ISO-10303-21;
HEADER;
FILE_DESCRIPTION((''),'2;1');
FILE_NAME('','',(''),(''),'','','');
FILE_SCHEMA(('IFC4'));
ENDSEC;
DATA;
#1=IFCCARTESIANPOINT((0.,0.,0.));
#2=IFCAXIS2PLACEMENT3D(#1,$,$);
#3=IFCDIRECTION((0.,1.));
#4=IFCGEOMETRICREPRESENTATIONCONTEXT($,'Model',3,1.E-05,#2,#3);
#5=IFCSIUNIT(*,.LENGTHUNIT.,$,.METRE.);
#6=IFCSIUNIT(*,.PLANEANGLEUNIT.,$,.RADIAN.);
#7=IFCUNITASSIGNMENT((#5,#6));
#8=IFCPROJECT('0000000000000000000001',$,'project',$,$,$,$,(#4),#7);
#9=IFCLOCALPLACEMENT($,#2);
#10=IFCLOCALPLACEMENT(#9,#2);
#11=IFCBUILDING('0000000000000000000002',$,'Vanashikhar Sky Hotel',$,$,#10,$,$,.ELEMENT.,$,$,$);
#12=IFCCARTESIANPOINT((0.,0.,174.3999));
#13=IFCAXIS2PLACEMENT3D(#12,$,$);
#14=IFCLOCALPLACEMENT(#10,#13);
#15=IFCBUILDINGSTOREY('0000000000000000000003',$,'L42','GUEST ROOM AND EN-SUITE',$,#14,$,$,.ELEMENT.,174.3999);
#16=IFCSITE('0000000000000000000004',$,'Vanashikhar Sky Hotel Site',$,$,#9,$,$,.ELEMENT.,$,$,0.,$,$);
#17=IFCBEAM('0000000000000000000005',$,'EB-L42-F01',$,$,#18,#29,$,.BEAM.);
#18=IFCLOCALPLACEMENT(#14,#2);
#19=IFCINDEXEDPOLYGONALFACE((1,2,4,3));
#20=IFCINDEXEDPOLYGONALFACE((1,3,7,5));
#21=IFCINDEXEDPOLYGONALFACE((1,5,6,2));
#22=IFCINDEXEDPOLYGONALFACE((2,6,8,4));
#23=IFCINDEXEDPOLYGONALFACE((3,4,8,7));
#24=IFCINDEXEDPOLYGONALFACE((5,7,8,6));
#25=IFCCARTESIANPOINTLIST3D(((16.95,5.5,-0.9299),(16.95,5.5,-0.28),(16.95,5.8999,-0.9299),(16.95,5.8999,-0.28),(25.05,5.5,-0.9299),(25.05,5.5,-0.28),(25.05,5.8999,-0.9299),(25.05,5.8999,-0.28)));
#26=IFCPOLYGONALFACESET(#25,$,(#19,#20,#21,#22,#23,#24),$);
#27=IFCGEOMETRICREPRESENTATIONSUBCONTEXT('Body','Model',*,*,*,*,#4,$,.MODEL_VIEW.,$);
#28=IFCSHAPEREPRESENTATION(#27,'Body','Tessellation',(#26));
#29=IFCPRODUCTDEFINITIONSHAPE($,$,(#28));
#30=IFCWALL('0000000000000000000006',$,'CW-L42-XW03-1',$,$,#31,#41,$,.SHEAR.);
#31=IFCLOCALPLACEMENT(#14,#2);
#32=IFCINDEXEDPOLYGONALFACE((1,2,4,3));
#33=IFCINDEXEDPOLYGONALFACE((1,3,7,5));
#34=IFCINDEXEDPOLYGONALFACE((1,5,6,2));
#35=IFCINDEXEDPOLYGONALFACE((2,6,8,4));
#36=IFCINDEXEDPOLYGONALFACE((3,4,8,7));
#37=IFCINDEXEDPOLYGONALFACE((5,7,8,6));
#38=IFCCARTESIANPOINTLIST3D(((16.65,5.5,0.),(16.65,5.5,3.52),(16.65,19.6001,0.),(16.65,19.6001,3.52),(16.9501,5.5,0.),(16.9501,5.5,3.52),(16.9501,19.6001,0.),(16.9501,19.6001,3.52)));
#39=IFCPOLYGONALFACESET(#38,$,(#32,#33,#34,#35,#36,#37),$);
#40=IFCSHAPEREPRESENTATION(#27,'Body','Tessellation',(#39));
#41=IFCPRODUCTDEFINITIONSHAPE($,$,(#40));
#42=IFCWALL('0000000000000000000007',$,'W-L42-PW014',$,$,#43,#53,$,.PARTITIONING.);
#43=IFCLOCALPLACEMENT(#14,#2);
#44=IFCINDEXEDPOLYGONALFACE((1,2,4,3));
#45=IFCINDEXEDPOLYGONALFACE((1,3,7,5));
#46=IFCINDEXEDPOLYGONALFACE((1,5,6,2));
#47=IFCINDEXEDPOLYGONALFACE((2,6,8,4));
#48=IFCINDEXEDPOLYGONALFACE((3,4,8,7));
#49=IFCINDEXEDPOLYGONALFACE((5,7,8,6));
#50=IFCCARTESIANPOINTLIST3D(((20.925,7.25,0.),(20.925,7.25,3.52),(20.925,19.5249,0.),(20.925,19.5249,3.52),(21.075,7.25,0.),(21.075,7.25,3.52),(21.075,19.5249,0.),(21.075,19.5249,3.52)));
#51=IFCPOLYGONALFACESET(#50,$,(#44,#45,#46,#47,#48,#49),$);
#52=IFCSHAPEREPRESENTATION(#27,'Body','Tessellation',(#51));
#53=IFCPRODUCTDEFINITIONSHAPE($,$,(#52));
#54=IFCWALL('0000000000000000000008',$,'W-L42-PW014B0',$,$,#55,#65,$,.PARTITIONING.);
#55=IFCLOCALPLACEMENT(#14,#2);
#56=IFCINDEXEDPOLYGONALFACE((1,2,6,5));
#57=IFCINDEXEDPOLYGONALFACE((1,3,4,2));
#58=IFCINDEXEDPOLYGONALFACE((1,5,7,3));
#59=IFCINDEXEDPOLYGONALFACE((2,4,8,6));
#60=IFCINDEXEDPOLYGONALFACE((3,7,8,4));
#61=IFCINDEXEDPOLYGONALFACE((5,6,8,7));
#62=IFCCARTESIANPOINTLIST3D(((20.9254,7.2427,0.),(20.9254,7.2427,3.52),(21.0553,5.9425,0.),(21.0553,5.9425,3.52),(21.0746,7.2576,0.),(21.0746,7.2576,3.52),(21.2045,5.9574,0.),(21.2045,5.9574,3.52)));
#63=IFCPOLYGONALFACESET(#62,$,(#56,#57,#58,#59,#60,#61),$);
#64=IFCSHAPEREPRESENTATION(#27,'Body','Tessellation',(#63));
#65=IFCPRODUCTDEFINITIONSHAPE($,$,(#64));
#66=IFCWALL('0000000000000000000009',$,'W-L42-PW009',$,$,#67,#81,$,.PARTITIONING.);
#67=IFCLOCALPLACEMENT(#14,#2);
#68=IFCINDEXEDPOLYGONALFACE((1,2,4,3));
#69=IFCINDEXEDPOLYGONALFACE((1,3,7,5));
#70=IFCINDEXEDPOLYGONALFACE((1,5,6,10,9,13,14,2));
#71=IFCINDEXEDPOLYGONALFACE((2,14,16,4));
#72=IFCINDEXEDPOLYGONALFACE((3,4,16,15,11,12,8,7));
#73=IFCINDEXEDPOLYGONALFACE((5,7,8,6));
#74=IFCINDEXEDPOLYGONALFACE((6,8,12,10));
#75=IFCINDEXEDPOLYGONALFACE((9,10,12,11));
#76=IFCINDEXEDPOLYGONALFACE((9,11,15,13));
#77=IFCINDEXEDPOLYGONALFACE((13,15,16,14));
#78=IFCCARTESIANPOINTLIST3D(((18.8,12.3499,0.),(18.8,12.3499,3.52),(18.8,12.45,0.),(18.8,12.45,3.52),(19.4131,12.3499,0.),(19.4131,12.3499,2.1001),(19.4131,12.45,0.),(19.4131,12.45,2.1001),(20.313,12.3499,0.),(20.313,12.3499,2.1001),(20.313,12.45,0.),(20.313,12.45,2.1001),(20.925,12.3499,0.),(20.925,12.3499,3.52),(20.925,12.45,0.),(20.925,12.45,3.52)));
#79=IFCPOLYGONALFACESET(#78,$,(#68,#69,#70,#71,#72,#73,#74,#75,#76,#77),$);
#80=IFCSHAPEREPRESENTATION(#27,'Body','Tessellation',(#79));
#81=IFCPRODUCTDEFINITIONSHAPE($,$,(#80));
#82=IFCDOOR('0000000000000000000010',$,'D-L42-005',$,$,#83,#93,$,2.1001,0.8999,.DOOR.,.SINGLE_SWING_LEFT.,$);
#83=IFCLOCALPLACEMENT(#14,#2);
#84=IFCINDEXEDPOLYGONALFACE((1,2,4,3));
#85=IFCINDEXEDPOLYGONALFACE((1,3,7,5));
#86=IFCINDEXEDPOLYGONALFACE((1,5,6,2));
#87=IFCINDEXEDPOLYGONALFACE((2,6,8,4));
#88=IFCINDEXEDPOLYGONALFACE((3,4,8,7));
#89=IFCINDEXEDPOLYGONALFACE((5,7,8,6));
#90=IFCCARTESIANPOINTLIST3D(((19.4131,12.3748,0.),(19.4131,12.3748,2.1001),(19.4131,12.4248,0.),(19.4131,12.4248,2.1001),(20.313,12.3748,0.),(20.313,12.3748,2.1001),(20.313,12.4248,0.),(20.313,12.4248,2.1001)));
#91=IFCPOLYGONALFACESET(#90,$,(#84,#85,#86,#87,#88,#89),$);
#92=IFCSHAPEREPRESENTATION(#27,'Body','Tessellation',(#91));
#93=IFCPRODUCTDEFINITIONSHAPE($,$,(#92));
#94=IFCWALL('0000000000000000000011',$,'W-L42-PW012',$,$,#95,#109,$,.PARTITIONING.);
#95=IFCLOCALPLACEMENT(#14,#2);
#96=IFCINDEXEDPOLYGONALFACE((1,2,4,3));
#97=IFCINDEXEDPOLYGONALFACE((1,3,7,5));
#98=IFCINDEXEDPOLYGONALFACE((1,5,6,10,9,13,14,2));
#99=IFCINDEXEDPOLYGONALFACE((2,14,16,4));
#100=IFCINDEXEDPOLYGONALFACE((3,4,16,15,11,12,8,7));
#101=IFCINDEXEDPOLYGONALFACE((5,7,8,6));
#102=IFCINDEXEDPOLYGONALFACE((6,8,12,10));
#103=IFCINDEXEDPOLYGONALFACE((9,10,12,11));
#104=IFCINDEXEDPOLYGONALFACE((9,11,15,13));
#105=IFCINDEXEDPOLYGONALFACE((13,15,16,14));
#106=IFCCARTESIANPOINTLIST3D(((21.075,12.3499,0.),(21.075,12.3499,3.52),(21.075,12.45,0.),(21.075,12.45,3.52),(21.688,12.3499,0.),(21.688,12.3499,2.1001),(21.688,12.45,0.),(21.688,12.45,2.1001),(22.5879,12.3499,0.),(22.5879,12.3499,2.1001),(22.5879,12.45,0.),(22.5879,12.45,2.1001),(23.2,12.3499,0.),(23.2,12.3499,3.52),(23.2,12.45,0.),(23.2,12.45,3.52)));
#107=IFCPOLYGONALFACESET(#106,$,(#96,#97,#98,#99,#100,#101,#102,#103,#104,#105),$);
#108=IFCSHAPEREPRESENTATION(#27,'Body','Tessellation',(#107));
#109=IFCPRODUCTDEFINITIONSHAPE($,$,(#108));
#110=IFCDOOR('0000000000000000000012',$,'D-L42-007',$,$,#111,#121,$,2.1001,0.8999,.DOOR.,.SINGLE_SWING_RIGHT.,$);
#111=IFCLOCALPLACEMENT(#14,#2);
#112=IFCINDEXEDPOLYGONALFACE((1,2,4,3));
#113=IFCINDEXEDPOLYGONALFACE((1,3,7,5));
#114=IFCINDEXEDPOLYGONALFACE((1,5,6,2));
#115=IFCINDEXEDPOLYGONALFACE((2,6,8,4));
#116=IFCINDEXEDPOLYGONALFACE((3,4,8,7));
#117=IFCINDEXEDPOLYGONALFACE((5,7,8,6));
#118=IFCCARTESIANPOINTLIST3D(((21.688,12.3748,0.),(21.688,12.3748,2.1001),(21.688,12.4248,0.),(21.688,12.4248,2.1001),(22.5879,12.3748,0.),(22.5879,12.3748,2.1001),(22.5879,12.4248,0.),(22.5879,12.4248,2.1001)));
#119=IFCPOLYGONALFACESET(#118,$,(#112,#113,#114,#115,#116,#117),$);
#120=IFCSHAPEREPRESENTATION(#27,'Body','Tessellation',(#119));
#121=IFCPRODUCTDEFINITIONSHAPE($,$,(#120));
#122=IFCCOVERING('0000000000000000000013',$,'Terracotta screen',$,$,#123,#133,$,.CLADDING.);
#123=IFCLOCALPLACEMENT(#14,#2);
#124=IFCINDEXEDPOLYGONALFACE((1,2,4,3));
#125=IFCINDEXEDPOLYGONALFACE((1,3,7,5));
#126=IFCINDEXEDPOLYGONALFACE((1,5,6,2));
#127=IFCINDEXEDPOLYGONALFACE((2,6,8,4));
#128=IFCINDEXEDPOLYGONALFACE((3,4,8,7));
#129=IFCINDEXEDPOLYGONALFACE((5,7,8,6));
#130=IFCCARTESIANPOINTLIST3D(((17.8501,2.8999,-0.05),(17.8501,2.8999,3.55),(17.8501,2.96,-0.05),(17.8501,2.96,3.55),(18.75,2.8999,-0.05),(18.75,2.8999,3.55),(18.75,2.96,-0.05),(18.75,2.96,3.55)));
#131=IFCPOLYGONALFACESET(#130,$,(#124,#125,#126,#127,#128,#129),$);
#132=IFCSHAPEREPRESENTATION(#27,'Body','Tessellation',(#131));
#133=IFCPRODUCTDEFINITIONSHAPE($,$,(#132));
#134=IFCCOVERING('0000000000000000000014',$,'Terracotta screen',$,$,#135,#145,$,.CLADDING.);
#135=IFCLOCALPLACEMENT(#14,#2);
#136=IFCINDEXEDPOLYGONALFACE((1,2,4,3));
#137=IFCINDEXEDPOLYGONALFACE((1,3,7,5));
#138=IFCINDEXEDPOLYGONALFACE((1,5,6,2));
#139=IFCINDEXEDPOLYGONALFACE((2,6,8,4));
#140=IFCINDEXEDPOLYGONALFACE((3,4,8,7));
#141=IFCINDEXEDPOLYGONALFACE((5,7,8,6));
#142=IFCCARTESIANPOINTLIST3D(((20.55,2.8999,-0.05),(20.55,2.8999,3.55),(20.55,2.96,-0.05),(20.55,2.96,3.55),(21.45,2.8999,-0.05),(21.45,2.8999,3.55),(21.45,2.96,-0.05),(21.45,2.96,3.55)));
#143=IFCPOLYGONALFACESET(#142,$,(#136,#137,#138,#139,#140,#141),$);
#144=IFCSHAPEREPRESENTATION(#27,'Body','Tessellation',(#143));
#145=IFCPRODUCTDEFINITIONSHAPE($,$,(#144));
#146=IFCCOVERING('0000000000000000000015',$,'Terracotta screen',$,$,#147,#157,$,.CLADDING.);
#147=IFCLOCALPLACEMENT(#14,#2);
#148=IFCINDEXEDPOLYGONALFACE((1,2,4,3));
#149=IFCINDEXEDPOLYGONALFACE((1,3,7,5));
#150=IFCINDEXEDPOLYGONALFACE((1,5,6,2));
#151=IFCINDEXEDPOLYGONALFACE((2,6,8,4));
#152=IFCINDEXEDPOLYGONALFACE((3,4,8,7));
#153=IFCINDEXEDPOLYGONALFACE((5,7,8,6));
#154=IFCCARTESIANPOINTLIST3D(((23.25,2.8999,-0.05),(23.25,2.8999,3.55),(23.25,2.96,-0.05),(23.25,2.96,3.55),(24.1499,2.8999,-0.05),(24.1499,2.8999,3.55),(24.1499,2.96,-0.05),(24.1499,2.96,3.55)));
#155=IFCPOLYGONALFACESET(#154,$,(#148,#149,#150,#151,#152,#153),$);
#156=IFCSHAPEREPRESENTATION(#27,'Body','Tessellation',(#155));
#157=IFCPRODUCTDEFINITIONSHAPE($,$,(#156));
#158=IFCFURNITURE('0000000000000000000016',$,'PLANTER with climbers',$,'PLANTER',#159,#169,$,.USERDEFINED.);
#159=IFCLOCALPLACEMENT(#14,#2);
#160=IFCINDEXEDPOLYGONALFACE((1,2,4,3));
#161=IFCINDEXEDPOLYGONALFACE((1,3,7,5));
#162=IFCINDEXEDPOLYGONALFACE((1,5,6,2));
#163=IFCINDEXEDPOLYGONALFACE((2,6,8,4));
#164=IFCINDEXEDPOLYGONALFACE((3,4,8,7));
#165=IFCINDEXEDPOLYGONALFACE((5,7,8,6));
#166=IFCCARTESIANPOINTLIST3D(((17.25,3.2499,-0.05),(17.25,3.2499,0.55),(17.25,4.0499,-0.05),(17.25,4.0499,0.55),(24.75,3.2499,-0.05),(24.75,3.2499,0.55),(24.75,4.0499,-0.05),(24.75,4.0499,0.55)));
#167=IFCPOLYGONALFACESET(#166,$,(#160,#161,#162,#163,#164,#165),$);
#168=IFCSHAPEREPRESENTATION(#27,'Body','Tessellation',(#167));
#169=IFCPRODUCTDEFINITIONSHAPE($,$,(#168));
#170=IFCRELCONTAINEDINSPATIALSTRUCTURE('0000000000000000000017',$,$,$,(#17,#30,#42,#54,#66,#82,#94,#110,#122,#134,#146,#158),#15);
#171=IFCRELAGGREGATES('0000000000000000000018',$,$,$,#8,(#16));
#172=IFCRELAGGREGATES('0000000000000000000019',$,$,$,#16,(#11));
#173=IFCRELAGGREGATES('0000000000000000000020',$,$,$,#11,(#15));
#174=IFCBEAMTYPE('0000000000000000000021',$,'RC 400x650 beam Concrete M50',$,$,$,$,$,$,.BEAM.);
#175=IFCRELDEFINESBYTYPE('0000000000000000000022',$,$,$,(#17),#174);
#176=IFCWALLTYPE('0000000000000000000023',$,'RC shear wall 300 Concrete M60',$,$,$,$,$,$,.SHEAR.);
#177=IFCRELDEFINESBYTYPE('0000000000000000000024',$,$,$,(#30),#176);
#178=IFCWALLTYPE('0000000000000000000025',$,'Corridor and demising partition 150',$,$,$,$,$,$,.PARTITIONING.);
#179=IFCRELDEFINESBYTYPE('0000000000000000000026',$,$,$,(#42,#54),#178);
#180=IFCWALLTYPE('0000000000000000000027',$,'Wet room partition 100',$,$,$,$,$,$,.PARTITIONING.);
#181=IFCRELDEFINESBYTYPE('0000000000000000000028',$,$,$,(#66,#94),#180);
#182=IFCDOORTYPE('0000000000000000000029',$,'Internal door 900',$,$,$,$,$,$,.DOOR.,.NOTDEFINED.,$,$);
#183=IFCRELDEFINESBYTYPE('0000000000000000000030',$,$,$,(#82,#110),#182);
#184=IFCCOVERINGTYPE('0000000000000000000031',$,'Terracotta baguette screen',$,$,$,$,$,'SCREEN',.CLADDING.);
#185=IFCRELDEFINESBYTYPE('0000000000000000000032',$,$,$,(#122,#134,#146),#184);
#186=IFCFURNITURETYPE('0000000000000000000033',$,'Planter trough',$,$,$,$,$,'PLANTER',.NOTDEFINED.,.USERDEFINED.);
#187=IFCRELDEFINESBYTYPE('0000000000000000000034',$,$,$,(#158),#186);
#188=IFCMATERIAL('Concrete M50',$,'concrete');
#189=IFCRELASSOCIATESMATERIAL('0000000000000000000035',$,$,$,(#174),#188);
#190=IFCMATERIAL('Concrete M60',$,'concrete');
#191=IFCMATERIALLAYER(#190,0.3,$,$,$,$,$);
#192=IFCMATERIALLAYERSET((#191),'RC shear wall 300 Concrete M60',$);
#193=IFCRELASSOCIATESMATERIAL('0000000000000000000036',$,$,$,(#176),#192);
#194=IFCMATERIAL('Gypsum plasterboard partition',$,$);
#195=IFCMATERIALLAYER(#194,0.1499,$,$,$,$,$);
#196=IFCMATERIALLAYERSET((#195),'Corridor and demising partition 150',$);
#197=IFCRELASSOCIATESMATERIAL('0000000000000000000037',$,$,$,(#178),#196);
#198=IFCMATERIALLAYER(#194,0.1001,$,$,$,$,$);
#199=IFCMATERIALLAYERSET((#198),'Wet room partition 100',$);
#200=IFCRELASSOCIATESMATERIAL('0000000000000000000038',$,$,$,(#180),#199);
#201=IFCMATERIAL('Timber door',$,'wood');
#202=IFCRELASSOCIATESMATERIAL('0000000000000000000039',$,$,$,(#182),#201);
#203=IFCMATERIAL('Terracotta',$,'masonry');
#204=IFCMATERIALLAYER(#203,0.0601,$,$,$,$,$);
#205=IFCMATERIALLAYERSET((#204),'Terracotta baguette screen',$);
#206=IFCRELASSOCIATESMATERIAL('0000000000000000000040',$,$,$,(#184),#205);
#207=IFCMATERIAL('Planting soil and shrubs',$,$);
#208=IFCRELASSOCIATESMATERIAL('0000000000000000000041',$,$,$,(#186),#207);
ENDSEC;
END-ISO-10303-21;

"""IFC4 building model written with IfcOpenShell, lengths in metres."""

from ifc_helpers import new_model, si_unit, direction, frame, frame_2d, origin, origin_2d, place, context, subcontext, project, spatial, rectangle, extrude, source, transform, mapped, material, layer, layer_set, material_profile, profile_set, type_object, element, fill, save


model = new_model("IFC4")

# Units and contexts
model_context = context("Model", 3, precision=1e-05, world=origin(), true_north=direction((0.0, 1.0)))
body_context = subcontext(model_context, "Body", "Model", "MODEL_VIEW")
ifc_project = project(units=[si_unit("LENGTHUNIT", "METRE"), si_unit("PLANEANGLEUNIT", "RADIAN")], contexts=[model_context])

# Site, building, storey
site_placement = place(None, origin())
site = spatial("IfcSite", under=ifc_project, at=site_placement, Name="Vanashikhar Sky Hotel Site", CompositionType="ELEMENT", RefElevation=0.0)
building_placement = place(site_placement, origin())
building = spatial("IfcBuilding", under=site, at=building_placement, Name="Vanashikhar Sky Hotel", CompositionType="ELEMENT")
storey_placement = place(building_placement, frame((0.0, 0.0, 174.3999)))
storey = spatial("IfcBuildingStorey", under=building, at=storey_placement, Name="L42", Description="GUEST ROOM AND EN-SUITE", CompositionType="ELEMENT", Elevation=174.3999)

# Beam
ifc_material_1 = material(Name="Concrete M50", Category="concrete")
ifc_material_profile = material_profile(ifc_material_1, rectangle(XDim=0.3999, YDim=0.6499, at=origin_2d()))
ifc_profile_set = profile_set([ifc_material_profile], Name="RC 400x650 beam Concrete M50")
beam_type = type_object("IfcBeamType", Name="RC 400x650 beam Concrete M50", PredefinedType="BEAM", material=ifc_profile_set)
shared_shape_1 = source(origin(), body_context, "Body", "SweptSolid", [
    extrude(rectangle(XDim=0.3999, YDim=0.6499, at=origin_2d()), origin(), (0.0, 0.0, 1.0), 8.1001),
])
beam_placement = place(storey_placement, frame((16.95, 5.7, -0.605), z_axis=(1.0, 0.0, 0.0), x_axis=(0.0, 1.0, 0.0)))
element("IfcBeam", 1, at=beam_placement, inside=storey, type_object=beam_type, Name="EB-L42-F01", PredefinedType="BEAM", context=body_context, shape_type="MappedRepresentation", body=[
    mapped(shared_shape_1, transform((0.0, 0.0, 0.0), scale=1.0)),
])

# Wall
ifc_material_2 = material(Name="Concrete M60", Category="concrete")
ifc_layer_1 = layer(ifc_material_2, 0.3)
ifc_layer_set_1 = layer_set([ifc_layer_1], Name="RC shear wall 300 Concrete M60")
wall_type_1 = type_object("IfcWallType", Name="RC shear wall 300 Concrete M60", PredefinedType="SHEAR", material=ifc_layer_set_1)
shared_shape_2 = source(origin(), body_context, "Body", "SweptSolid", [
    extrude(rectangle(XDim=14.1001, YDim=0.3, at=frame_2d((7.05, 0.0))), origin(), (0.0, 0.0, 1.0), 3.52),
])
wall_1_placement = place(storey_placement, frame((16.8, 5.5, 0.0), z_axis=(0.0, 0.0, 1.0), x_axis=(0.0, 1.0, 0.0)))
element("IfcWall", 2, at=wall_1_placement, inside=storey, type_object=wall_type_1, Name="CW-L42-XW03-1", PredefinedType="SHEAR", context=body_context, shape_type="MappedRepresentation", body=[
    mapped(shared_shape_2, transform((0.0, 0.0, 0.0), scale=1.0)),
])

# Walls
ifc_material_3 = material(Name="Gypsum plasterboard partition")
ifc_layer_2 = layer(ifc_material_3, 0.1499)
ifc_layer_set_2 = layer_set([ifc_layer_2], Name="Corridor and demising partition 150")
wall_type_2 = type_object("IfcWallType", Name="Corridor and demising partition 150", PredefinedType="PARTITIONING", material=ifc_layer_set_2)
shared_shape_3 = source(origin(), body_context, "Body", "SweptSolid", [
    extrude(rectangle(XDim=12.2749, YDim=0.1499, at=frame_2d((6.1375, 0.0))), origin(), (0.0, 0.0, 1.0), 3.52),
])
wall_2_placement = place(storey_placement, frame((21.0, 7.25, 0.0), z_axis=(0.0, 0.0, 1.0), x_axis=(0.0, 1.0, 0.0)))
element("IfcWall", 3, at=wall_2_placement, inside=storey, type_object=wall_type_2, Name="W-L42-PW014", PredefinedType="PARTITIONING", context=body_context, shape_type="MappedRepresentation", body=[
    mapped(shared_shape_3, transform((0.0, 0.0, 0.0), scale=1.0)),
])
shared_shape_4 = source(origin(), body_context, "Body", "SweptSolid", [
    extrude(rectangle(XDim=1.3066, YDim=0.1499, at=frame_2d((0.6533, 0.0))), origin(), (0.0, 0.0, 1.0), 3.52),
])
wall_3_placement = place(storey_placement, frame((21.1299, 5.95, 0.0), z_axis=(0.0, 0.0, 1.0), x_axis=(-0.099411, 0.995046, 0.0)))
element("IfcWall", 4, at=wall_3_placement, inside=storey, type_object=wall_type_2, Name="W-L42-PW014B0", PredefinedType="PARTITIONING", context=body_context, shape_type="MappedRepresentation", body=[
    mapped(shared_shape_4, transform((0.0, 0.0, 0.0), scale=1.0)),
])

# Walls, openings, doors
ifc_layer_3 = layer(ifc_material_3, 0.1001)
ifc_layer_set_3 = layer_set([ifc_layer_3], Name="Wet room partition 100")
wall_type_3 = type_object("IfcWallType", Name="Wet room partition 100", PredefinedType="PARTITIONING", material=ifc_layer_set_3)
shared_shape_5 = source(origin(), body_context, "Body", "SweptSolid", [
    extrude(rectangle(XDim=2.125, YDim=0.1001, at=frame_2d((1.0625, 0.0))), origin(), (0.0, 0.0, 1.0), 3.52),
])
wall_4_placement = place(storey_placement, frame((18.8, 12.3999, 0.0), z_axis=(0.0, 0.0, 1.0), x_axis=(1.0, 0.0, 0.0)))
wall_4 = element("IfcWall", 5, at=wall_4_placement, inside=storey, type_object=wall_type_3, Name="W-L42-PW009", PredefinedType="PARTITIONING", context=body_context, shape_type="MappedRepresentation", body=[
    mapped(shared_shape_5, transform((0.0, 0.0, 0.0), scale=1.0)),
])
shared_shape_6 = source(origin(), body_context, "Body", "SweptSolid", [
    extrude(rectangle(XDim=0.8999, YDim=2.1001, at=frame_2d((0.45, 1.05))), frame((0.0, 0.0601, 0.0), z_axis=(0.0, -1.0, 0.0), x_axis=(1.0, 0.0, 0.0)), (0.0, 0.0, 1.0), 0.1201),
])
opening_1_placement = place(wall_4_placement, frame((0.613, 0.0, 0.0)))
opening_1 = element("IfcOpeningElement", 6, at=opening_1_placement, cuts=wall_4, PredefinedType="OPENING", context=body_context, shape_type="MappedRepresentation", body=[
    mapped(shared_shape_6, transform((0.0, 0.0, 0.0), scale=1.0)),
])
ifc_material_4 = material(Name="Timber door", Category="wood")
door_type_1 = type_object("IfcDoorType", Name="Internal door 900", OperationType="NOTDEFINED", PredefinedType="DOOR", material=ifc_material_4)
shared_shape_7 = source(origin(), body_context, "Body", "SweptSolid", [
    extrude(rectangle(XDim=0.8999, YDim=2.1001, at=frame_2d((0.45, 1.05))), frame((0.0, 0.0249, 0.0), z_axis=(0.0, -1.0, 0.0), x_axis=(1.0, 0.0, 0.0)), (0.0, 0.0, 1.0), 0.05),
])
door_1_placement = place(opening_1_placement, origin())
door_1 = element("IfcDoor", 7, at=door_1_placement, inside=storey, type_object=door_type_1, Name="D-L42-005", OperationType="SINGLE_SWING_LEFT", OverallHeight=2.1001, OverallWidth=0.8999, PredefinedType="DOOR", context=body_context, shape_type="MappedRepresentation", body=[
    mapped(shared_shape_7, transform((0.0, 0.0, 0.0), scale=1.0)),
])
fill(opening_1, door_1)
wall_5_placement = place(storey_placement, frame((21.075, 12.3999, 0.0), z_axis=(0.0, 0.0, 1.0), x_axis=(1.0, 0.0, 0.0)))
wall_5 = element("IfcWall", 8, at=wall_5_placement, inside=storey, type_object=wall_type_3, Name="W-L42-PW012", PredefinedType="PARTITIONING", context=body_context, shape_type="MappedRepresentation", body=[
    mapped(shared_shape_5, transform((0.0, 0.0, 0.0), scale=1.0)),
])
opening_2_placement = place(wall_5_placement, frame((0.613, 0.0, 0.0)))
opening_2 = element("IfcOpeningElement", 9, at=opening_2_placement, cuts=wall_5, PredefinedType="OPENING", context=body_context, shape_type="MappedRepresentation", body=[
    mapped(shared_shape_6, transform((0.0, 0.0, 0.0), scale=1.0)),
])
door_2_placement = place(opening_2_placement, origin())
door_2 = element("IfcDoor", 10, at=door_2_placement, inside=storey, type_object=door_type_1, Name="D-L42-007", OperationType="SINGLE_SWING_RIGHT", OverallHeight=2.1001, OverallWidth=0.8999, PredefinedType="DOOR", context=body_context, shape_type="MappedRepresentation", body=[
    mapped(shared_shape_7, transform((0.0, 0.0, 0.0), scale=1.0)),
])
fill(opening_2, door_2)

# Coverings
ifc_material_5 = material(Name="Terracotta", Category="masonry")
ifc_layer_4 = layer(ifc_material_5, 0.0601)
ifc_layer_set_4 = layer_set([ifc_layer_4], Name="Terracotta baguette screen")
covering_type = type_object("IfcCoveringType", Name="Terracotta baguette screen", ElementType="SCREEN", PredefinedType="CLADDING", material=ifc_layer_set_4)
shared_shape_8 = source(origin(), body_context, "Body", "SweptSolid", [
    extrude(rectangle(XDim=0.8999, YDim=0.0601, at=origin_2d()), origin(), (0.0, 0.0, 1.0), 3.6001),
])
for number, where, z_axis, x_axis, name in (
    (11, (18.3, 2.9299, -0.05), (0.0, 0.0, 1.0), (1.0, 0.0, 0.0), "Terracotta screen"),
    (12, (21.0, 2.9299, -0.05), (0.0, 0.0, 1.0), (1.0, 0.0, 0.0), "Terracotta screen"),
    (13, (23.7, 2.9299, -0.05), (0.0, 0.0, 1.0), (1.0, 0.0, 0.0), "Terracotta screen"),
):
    element("IfcCovering", number, at=place(storey_placement, frame(where, z_axis=z_axis, x_axis=x_axis)), inside=storey, type_object=covering_type, Name=name, PredefinedType="CLADDING", context=body_context, shape_type="MappedRepresentation", body=[
        mapped(shared_shape_8, transform((0.0, 0.0, 0.0), scale=1.0)),
    ])

# Furniture
ifc_material_6 = material(Name="Planting soil and shrubs")
furniture_type = type_object("IfcFurnitureType", Name="Planter trough", ElementType="PLANTER", AssemblyPlace="NOTDEFINED", PredefinedType="USERDEFINED", material=ifc_material_6)
shared_shape_9 = source(origin(), body_context, "Body", "SweptSolid", [
    extrude(rectangle(XDim=7.5, YDim=0.8, at=origin_2d()), origin(), (0.0, 0.0, 1.0), 0.6001),
])
furniture_placement = place(storey_placement, frame((21.0, 3.6499, -0.05), z_axis=(0.0, 0.0, 1.0), x_axis=(1.0, 0.0, 0.0)))
element("IfcFurniture", 14, at=furniture_placement, inside=storey, type_object=furniture_type, Name="PLANTER with climbers", ObjectType="PLANTER", PredefinedType="USERDEFINED", context=body_context, shape_type="MappedRepresentation", body=[
    mapped(shared_shape_9, transform((0.0, 0.0, 0.0), scale=1.0)),
])

save(model, "model.ifc")
